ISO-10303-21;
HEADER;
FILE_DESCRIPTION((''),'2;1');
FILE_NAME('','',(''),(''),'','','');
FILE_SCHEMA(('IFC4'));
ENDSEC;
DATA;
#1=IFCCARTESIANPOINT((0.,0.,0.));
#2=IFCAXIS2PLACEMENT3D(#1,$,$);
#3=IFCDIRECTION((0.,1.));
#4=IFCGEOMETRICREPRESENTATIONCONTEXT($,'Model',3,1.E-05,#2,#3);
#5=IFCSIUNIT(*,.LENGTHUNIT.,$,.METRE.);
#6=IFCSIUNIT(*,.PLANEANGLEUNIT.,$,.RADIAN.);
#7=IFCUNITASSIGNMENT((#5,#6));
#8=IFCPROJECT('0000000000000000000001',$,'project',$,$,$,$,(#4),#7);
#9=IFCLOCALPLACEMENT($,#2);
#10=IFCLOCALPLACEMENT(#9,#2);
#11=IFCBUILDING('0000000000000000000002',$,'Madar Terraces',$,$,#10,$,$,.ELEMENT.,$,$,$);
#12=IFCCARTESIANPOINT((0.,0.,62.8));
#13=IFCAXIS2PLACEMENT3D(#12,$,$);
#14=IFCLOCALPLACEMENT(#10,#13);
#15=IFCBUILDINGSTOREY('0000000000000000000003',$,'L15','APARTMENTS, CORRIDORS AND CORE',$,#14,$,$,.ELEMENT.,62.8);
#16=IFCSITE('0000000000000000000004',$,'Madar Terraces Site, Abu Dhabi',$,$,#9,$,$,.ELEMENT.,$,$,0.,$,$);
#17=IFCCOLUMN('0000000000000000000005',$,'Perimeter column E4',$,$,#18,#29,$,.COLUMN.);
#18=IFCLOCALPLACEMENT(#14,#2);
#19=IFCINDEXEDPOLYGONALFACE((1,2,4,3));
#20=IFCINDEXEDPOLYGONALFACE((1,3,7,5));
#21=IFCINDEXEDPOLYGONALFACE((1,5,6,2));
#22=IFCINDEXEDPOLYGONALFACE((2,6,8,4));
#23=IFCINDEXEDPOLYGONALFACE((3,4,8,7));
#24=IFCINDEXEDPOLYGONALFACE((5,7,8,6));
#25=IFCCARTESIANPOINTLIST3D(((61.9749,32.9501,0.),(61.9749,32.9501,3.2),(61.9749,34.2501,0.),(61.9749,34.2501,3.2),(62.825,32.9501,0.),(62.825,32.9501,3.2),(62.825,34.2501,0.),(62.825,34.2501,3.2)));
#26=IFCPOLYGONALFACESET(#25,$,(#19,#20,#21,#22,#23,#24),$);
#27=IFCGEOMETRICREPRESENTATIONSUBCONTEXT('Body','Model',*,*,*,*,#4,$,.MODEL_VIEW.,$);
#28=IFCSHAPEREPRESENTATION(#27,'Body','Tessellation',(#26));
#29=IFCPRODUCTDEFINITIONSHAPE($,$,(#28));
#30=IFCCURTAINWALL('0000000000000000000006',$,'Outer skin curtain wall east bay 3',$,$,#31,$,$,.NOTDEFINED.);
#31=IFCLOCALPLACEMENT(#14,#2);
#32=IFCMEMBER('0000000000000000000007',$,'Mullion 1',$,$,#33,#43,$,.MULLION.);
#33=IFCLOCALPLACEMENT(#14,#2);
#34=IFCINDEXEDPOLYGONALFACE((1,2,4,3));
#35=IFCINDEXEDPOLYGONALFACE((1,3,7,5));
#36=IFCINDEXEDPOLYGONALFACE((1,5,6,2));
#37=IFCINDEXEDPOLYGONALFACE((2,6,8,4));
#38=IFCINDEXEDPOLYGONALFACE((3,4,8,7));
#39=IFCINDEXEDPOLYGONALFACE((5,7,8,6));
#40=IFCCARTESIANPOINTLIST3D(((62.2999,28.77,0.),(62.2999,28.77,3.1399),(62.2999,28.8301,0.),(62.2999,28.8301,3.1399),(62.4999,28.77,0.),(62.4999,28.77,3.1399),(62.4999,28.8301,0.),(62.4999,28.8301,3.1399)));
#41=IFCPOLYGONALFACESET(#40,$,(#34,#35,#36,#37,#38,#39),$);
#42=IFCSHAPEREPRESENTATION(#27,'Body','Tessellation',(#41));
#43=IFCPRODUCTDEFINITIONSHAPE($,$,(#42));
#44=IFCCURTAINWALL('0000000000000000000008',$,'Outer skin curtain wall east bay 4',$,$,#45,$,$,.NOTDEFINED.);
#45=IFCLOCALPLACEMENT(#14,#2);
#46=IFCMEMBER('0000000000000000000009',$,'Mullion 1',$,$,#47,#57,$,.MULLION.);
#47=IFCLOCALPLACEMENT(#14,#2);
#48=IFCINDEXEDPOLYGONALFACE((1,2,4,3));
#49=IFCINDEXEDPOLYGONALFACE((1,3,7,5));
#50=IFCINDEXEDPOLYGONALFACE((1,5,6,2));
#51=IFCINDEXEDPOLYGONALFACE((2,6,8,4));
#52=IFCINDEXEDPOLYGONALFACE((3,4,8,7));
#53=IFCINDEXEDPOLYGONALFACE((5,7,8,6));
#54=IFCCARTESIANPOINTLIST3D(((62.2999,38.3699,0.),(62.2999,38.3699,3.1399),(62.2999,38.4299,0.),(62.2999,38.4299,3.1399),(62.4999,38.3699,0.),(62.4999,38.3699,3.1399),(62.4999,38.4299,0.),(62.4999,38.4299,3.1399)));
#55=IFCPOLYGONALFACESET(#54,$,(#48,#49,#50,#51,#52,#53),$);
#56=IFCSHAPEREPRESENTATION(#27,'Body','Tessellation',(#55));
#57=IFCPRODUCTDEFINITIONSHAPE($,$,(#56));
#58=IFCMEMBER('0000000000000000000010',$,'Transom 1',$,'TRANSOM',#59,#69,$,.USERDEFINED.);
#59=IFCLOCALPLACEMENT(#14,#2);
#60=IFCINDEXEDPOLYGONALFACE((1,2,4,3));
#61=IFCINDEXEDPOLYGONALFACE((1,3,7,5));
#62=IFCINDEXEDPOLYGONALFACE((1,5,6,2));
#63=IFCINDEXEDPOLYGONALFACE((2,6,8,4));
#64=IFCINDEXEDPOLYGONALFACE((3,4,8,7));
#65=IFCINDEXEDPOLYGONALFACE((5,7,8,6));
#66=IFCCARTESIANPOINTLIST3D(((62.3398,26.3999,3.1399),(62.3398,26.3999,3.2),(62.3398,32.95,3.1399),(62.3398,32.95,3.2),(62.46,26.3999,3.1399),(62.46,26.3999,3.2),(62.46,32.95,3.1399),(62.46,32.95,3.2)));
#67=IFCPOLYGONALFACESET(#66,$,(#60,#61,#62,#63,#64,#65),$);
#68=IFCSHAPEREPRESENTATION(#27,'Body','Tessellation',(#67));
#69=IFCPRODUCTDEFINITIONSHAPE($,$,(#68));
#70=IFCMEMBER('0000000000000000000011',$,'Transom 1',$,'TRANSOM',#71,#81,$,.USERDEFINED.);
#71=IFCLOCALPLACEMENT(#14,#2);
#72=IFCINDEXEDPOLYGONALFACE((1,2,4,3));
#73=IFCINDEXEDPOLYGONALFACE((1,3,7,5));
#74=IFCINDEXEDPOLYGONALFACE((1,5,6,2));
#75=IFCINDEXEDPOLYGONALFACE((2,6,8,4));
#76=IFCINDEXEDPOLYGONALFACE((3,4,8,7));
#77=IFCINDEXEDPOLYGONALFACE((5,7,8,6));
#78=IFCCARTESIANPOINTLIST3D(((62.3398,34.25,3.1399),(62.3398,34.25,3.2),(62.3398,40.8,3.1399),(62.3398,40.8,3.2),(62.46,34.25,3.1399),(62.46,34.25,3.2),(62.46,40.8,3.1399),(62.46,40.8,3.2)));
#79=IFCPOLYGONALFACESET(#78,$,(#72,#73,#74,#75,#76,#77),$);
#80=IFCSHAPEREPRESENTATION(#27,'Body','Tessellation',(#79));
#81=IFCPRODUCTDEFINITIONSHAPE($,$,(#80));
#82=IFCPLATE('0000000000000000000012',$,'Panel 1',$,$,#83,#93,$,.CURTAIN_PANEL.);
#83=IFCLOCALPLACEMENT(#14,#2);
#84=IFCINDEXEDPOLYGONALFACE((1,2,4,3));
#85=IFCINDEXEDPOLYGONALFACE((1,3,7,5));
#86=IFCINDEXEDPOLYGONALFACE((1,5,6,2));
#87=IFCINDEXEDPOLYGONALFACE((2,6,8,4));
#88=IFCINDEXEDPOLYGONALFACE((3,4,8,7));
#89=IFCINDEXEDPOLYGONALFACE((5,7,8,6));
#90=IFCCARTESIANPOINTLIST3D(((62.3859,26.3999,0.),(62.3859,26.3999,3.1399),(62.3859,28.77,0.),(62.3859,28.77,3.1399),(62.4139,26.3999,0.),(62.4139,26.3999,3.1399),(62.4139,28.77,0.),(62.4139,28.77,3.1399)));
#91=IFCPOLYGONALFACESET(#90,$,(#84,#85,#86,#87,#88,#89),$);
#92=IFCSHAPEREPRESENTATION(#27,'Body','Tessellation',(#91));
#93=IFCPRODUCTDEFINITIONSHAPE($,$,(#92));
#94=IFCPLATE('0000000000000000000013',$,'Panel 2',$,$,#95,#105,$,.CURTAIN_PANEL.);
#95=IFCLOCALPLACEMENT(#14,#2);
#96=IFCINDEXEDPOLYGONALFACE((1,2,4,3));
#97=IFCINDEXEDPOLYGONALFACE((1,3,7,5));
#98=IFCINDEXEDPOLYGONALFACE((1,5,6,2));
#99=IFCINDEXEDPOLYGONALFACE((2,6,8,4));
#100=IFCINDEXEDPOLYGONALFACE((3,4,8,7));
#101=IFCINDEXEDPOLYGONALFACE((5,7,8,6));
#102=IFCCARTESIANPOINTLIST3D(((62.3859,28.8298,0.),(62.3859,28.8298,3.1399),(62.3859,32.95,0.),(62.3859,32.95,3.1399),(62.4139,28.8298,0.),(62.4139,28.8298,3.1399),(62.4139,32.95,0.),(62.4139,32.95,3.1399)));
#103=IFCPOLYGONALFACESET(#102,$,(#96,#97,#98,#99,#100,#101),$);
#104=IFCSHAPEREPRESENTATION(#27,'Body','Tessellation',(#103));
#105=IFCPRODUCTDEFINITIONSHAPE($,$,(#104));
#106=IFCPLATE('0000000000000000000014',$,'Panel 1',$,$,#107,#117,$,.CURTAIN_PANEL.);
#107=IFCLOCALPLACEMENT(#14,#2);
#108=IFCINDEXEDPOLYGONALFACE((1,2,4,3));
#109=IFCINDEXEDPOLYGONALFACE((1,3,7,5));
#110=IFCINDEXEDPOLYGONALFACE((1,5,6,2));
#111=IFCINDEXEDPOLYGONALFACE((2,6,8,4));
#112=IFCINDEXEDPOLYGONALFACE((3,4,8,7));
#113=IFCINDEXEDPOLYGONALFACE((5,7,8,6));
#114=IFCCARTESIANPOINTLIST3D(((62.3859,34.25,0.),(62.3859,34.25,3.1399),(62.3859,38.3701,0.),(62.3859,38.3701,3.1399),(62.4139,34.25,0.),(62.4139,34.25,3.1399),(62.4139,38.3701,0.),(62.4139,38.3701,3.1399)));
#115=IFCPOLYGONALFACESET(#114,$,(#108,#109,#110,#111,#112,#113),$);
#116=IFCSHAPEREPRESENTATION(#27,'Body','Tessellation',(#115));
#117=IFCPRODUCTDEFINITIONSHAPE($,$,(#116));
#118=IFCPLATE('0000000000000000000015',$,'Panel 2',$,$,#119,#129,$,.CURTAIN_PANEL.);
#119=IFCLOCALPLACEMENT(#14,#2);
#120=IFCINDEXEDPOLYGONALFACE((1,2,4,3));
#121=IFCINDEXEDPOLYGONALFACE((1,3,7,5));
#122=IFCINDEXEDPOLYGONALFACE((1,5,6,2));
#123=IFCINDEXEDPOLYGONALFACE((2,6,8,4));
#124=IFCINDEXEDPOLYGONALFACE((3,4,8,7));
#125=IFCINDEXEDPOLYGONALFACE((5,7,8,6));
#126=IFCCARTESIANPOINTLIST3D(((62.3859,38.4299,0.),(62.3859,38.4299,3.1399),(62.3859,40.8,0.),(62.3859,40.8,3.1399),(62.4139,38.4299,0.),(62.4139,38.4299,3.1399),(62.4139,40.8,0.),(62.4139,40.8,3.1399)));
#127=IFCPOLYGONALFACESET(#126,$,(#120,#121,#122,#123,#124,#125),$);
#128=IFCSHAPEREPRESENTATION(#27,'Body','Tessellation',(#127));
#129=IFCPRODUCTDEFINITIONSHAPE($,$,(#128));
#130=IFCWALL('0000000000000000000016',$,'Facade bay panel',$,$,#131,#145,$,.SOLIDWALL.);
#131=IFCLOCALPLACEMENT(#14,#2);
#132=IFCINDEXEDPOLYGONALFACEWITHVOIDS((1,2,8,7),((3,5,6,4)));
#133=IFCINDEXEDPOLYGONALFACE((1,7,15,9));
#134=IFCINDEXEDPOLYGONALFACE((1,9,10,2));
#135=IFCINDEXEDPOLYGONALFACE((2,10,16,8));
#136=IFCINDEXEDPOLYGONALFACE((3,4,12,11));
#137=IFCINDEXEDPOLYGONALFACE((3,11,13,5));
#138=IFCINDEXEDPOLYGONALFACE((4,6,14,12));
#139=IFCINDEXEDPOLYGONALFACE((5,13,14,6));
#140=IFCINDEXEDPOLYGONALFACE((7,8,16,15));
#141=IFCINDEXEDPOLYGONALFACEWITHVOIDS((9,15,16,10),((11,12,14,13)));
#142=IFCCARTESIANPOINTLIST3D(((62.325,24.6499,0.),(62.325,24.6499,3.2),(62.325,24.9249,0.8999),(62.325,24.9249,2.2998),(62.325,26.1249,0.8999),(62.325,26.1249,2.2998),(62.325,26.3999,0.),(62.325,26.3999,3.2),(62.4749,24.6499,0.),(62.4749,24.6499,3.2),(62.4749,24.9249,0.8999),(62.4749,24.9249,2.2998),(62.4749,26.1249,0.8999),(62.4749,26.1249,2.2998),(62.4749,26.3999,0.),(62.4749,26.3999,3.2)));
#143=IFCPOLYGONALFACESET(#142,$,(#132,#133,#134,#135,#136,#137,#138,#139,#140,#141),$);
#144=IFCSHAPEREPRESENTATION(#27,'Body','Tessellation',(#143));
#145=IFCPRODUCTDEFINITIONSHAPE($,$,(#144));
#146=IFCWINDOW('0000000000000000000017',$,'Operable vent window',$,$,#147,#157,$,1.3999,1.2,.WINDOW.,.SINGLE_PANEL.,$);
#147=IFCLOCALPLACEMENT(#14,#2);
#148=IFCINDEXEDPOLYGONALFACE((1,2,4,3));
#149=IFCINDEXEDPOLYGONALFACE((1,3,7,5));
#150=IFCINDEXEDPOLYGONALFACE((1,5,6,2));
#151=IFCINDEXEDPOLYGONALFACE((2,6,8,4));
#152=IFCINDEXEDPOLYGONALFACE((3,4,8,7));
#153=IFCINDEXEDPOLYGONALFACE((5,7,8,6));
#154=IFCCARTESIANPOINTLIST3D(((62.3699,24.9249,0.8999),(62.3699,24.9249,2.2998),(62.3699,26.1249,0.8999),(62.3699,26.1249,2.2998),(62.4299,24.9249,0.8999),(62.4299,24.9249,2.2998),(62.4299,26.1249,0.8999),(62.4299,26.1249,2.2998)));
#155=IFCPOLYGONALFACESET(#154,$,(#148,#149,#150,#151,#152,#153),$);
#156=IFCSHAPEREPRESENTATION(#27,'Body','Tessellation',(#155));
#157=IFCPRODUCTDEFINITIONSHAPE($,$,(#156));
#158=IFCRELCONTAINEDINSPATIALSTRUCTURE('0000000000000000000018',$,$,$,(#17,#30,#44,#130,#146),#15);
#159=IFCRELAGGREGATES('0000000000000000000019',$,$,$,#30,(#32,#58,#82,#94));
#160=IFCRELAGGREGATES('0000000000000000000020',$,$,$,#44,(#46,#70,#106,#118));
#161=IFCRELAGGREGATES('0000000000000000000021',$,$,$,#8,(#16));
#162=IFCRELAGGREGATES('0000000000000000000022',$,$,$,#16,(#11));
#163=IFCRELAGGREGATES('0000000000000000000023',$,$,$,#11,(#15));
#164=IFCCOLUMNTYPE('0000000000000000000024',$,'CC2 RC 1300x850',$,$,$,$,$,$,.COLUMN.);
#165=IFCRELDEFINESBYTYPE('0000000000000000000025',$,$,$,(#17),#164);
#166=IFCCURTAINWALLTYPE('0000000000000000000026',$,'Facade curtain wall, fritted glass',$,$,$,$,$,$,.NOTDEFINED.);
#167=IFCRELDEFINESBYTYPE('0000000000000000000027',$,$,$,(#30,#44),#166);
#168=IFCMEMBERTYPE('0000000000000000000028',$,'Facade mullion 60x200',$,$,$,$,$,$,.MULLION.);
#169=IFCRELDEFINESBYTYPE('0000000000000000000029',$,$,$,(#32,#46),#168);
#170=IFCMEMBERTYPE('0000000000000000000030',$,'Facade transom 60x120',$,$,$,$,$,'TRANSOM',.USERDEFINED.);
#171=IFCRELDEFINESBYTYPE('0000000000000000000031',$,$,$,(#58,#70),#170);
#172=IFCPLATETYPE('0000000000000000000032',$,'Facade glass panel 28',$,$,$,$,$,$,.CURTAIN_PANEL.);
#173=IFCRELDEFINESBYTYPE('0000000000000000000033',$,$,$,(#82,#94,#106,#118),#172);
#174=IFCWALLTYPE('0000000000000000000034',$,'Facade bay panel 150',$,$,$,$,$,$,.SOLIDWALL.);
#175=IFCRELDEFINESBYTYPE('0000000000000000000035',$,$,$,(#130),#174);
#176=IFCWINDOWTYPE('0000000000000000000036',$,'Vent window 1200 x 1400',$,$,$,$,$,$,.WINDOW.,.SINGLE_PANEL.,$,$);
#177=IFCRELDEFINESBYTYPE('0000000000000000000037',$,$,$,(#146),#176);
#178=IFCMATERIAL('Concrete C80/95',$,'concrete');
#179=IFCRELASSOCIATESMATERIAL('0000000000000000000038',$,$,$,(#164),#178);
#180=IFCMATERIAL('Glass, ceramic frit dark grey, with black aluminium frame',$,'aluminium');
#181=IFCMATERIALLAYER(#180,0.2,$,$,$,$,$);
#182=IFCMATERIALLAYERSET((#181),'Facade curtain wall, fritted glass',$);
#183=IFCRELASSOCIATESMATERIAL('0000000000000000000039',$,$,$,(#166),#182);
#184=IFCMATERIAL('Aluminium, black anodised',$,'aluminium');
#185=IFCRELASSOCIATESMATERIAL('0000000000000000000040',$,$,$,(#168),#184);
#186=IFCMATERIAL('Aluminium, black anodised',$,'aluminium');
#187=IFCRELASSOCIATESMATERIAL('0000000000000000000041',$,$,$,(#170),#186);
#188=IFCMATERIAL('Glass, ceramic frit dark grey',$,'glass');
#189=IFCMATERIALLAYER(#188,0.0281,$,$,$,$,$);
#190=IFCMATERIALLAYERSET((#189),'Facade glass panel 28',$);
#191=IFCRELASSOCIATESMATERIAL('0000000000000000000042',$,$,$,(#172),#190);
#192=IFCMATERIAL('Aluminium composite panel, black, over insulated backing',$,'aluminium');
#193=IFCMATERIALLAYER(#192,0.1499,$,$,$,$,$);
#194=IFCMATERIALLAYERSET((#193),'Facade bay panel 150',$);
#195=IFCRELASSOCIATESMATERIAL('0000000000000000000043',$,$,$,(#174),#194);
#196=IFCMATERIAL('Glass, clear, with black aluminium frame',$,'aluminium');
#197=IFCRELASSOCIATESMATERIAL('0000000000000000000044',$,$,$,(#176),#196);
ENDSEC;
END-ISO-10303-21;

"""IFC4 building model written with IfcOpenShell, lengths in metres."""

from ifc_helpers import new_model, si_unit, direction, frame, frame_2d, origin, origin_2d, place, context, subcontext, project, spatial, rectangle, extrude, material, layer, layer_set, material_profile, profile_set, type_object, element, fill, aggregate, save


model = new_model("IFC4")

# Units and contexts
model_context = context("Model", 3, precision=1e-05, world=origin(), true_north=direction((0.0, 1.0)))
body_context = subcontext(model_context, "Body", "Model", "MODEL_VIEW")
ifc_project = project(units=[si_unit("LENGTHUNIT", "METRE"), si_unit("PLANEANGLEUNIT", "RADIAN")], contexts=[model_context])

# Site, building, storey
site_placement = place(None, origin())
site = spatial("IfcSite", under=ifc_project, at=site_placement, Name="Madar Terraces Site, Abu Dhabi", CompositionType="ELEMENT", RefElevation=0.0)
building_placement = place(site_placement, origin())
building = spatial("IfcBuilding", under=site, at=building_placement, Name="Madar Terraces", CompositionType="ELEMENT")
storey_placement = place(building_placement, frame((0.0, 0.0, 62.8)))
storey = spatial("IfcBuildingStorey", under=building, at=storey_placement, Name="L15", Description="APARTMENTS, CORRIDORS AND CORE", CompositionType="ELEMENT", Elevation=62.8)

# Column
ifc_material_1 = material(Name="Concrete C80/95", Category="concrete")
ifc_material_profile_1 = material_profile(ifc_material_1, rectangle(XDim=1.3, YDim=0.8501, at=origin_2d()), Name="CC2 RC 1300x850")
ifc_profile_set_1 = profile_set([ifc_material_profile_1], Name="Concrete C80/95")
column_type = type_object("IfcColumnType", Name="CC2 RC 1300x850", PredefinedType="COLUMN", material=ifc_profile_set_1)
column_placement = place(storey_placement, frame((62.3999, 33.6001, 0.0), z_axis=(0.0, 0.0, 1.0), x_axis=(0.0, 1.0, 0.0)))
element("IfcColumn", 1, at=column_placement, inside=storey, type_object=column_type, Name="Perimeter column E4", PredefinedType="COLUMN", context=body_context, shape_type="SweptSolid", body=[
    extrude(rectangle(XDim=1.3, YDim=0.8501, at=origin_2d()), origin(), (0.0, 0.0, 1.0), 3.2),
])

# Curtain walls, members
ifc_material_2 = material(Name="Glass, ceramic frit dark grey, with black aluminium frame", Category="aluminium")
ifc_layer_1 = layer(ifc_material_2, 0.2)
ifc_layer_set_1 = layer_set([ifc_layer_1], Name="Facade curtain wall, fritted glass")
curtain_wall_type = type_object("IfcCurtainWallType", Name="Facade curtain wall, fritted glass", PredefinedType="NOTDEFINED", material=ifc_layer_set_1)
curtain_wall_1_placement = place(storey_placement, origin())
curtain_wall_1 = element("IfcCurtainWall", 2, at=curtain_wall_1_placement, inside=storey, type_object=curtain_wall_type, Name="Outer skin curtain wall east bay 3", PredefinedType="NOTDEFINED")
ifc_material_3 = material(Name="Aluminium, black anodised", Category="aluminium")
ifc_material_profile_2 = material_profile(ifc_material_3, rectangle(XDim=0.2, YDim=0.0601, at=origin_2d()), Name="Facade mullion 60x200")
ifc_profile_set_2 = profile_set([ifc_material_profile_2], Name="Aluminium, black anodised")
member_type_1 = type_object("IfcMemberType", Name="Facade mullion 60x200", PredefinedType="MULLION", material=ifc_profile_set_2)
member_1_placement = place(storey_placement, frame((62.3999, 28.8, 0.0), z_axis=(0.0, 0.0, 1.0), x_axis=(-1.0, 0.0, 0.0)))
member_1 = element("IfcMember", 3, at=member_1_placement, type_object=member_type_1, Name="Mullion 1", PredefinedType="MULLION", context=body_context, shape_type="SweptSolid", body=[
    extrude(rectangle(XDim=0.2, YDim=0.0601, at=origin_2d()), origin(), (0.0, 0.0, 1.0), 3.1399),
])
curtain_wall_2_placement = place(storey_placement, origin())
curtain_wall_2 = element("IfcCurtainWall", 4, at=curtain_wall_2_placement, inside=storey, type_object=curtain_wall_type, Name="Outer skin curtain wall east bay 4", PredefinedType="NOTDEFINED")
member_2_placement = place(storey_placement, frame((62.3999, 38.3999, 0.0), z_axis=(0.0, 0.0, 1.0), x_axis=(-1.0, 0.0, 0.0)))
member_2 = element("IfcMember", 5, at=member_2_placement, type_object=member_type_1, Name="Mullion 1", PredefinedType="MULLION", context=body_context, shape_type="SweptSolid", body=[
    extrude(rectangle(XDim=0.2, YDim=0.0601, at=origin_2d()), origin(), (0.0, 0.0, 1.0), 3.1399),
])

# Members
ifc_material_4 = material(Name="Aluminium, black anodised", Category="aluminium")
ifc_material_profile_3 = material_profile(ifc_material_4, rectangle(XDim=0.1201, YDim=0.0601, at=origin_2d()), Name="Facade transom 60x120")
ifc_profile_set_3 = profile_set([ifc_material_profile_3], Name="Aluminium, black anodised")
member_type_2 = type_object("IfcMemberType", Name="Facade transom 60x120", ElementType="TRANSOM", PredefinedType="USERDEFINED", material=ifc_profile_set_3)
member_3_placement = place(storey_placement, frame((62.3999, 26.3999, 3.1699), z_axis=(0.0, 1.0, 0.0), x_axis=(-1.0, 0.0, 0.0)))
member_3 = element("IfcMember", 6, at=member_3_placement, type_object=member_type_2, Name="Transom 1", ObjectType="TRANSOM", PredefinedType="USERDEFINED", context=body_context, shape_type="SweptSolid", body=[
    extrude(rectangle(XDim=0.1201, YDim=0.0601, at=origin_2d()), origin(), (0.0, 0.0, 1.0), 6.55),
])
member_4_placement = place(storey_placement, frame((62.3999, 34.25, 3.1699), z_axis=(0.0, 1.0, 0.0), x_axis=(-1.0, 0.0, 0.0)))
member_4 = element("IfcMember", 7, at=member_4_placement, type_object=member_type_2, Name="Transom 1", ObjectType="TRANSOM", PredefinedType="USERDEFINED", context=body_context, shape_type="SweptSolid", body=[
    extrude(rectangle(XDim=0.1201, YDim=0.0601, at=origin_2d()), origin(), (0.0, 0.0, 1.0), 6.55),
])

# Plates
ifc_material_5 = material(Name="Glass, ceramic frit dark grey", Category="glass")
ifc_layer_2 = layer(ifc_material_5, 0.0281)
ifc_layer_set_2 = layer_set([ifc_layer_2], Name="Facade glass panel 28")
plate_type = type_object("IfcPlateType", Name="Facade glass panel 28", PredefinedType="CURTAIN_PANEL", material=ifc_layer_set_2)
plate_1_placement = place(storey_placement, frame((62.3999, 27.585, 0.0), z_axis=(0.0, 0.0, 1.0), x_axis=(0.0, 1.0, 0.0)))
plate_1 = element("IfcPlate", 8, at=plate_1_placement, type_object=plate_type, Name="Panel 1", PredefinedType="CURTAIN_PANEL", context=body_context, shape_type="SweptSolid", body=[
    extrude(rectangle(XDim=2.3701, YDim=0.0281, at=origin_2d()), origin(), (0.0, 0.0, 1.0), 3.1399),
])
plate_2_placement = place(storey_placement, frame((62.3999, 30.8899, 0.0), z_axis=(0.0, 0.0, 1.0), x_axis=(0.0, 1.0, 0.0)))
plate_2 = element("IfcPlate", 9, at=plate_2_placement, type_object=plate_type, Name="Panel 2", PredefinedType="CURTAIN_PANEL", context=body_context, shape_type="SweptSolid", body=[
    extrude(rectangle(XDim=4.1201, YDim=0.0281, at=origin_2d()), origin(), (0.0, 0.0, 1.0), 3.1399),
])
aggregate(curtain_wall_1, [member_1, member_3, plate_1, plate_2])
plate_3_placement = place(storey_placement, frame((62.3999, 36.3101, 0.0), z_axis=(0.0, 0.0, 1.0), x_axis=(0.0, 1.0, 0.0)))
plate_3 = element("IfcPlate", 10, at=plate_3_placement, type_object=plate_type, Name="Panel 1", PredefinedType="CURTAIN_PANEL", context=body_context, shape_type="SweptSolid", body=[
    extrude(rectangle(XDim=4.1201, YDim=0.0281, at=origin_2d()), origin(), (0.0, 0.0, 1.0), 3.1399),
])
plate_4_placement = place(storey_placement, frame((62.3999, 39.615, 0.0), z_axis=(0.0, 0.0, 1.0), x_axis=(0.0, 1.0, 0.0)))
plate_4 = element("IfcPlate", 11, at=plate_4_placement, type_object=plate_type, Name="Panel 2", PredefinedType="CURTAIN_PANEL", context=body_context, shape_type="SweptSolid", body=[
    extrude(rectangle(XDim=2.3701, YDim=0.0281, at=origin_2d()), origin(), (0.0, 0.0, 1.0), 3.1399),
])
aggregate(curtain_wall_2, [member_2, member_4, plate_3, plate_4])

# Wall, opening, window
ifc_material_6 = material(Name="Aluminium composite panel, black, over insulated backing", Category="aluminium")
ifc_layer_3 = layer(ifc_material_6, 0.1499)
ifc_layer_set_3 = layer_set([ifc_layer_3], Name="Facade bay panel 150")
wall_type_1 = type_object("IfcWallType", Name="Facade bay panel 150", PredefinedType="SOLIDWALL", material=ifc_layer_set_3)
wall_1_placement = place(storey_placement, frame((62.3999, 24.6499, 0.0), z_axis=(0.0, 0.0, 1.0), x_axis=(0.0, 1.0, 0.0)))
wall_1 = element("IfcWall", 12, at=wall_1_placement, inside=storey, type_object=wall_type_1, Name="Facade bay panel", PredefinedType="SOLIDWALL", context=body_context, shape_type="SweptSolid", body=[
    extrude(rectangle(XDim=1.75, YDim=0.1499, at=frame_2d((0.875, 0.0))), origin(), (0.0, 0.0, 1.0), 3.2),
])
opening_1_placement = place(wall_1_placement, frame((0.2749, 0.0, 0.8999)))
opening_1 = element("IfcOpeningElement", 13, at=opening_1_placement, cuts=wall_1, PredefinedType="OPENING", context=body_context, shape_type="SweptSolid", body=[
    extrude(rectangle(XDim=1.2, YDim=1.3999, at=frame_2d((0.6001, 0.7))), frame((0.0, 0.085, 0.0), z_axis=(0.0, -1.0, 0.0), x_axis=(1.0, 0.0, 0.0)), (0.0, 0.0, 1.0), 0.1699),
])
ifc_material_7 = material(Name="Glass, clear, with black aluminium frame", Category="aluminium")
window_type = type_object("IfcWindowType", Name="Vent window 1200 x 1400", PartitioningType="SINGLE_PANEL", PredefinedType="WINDOW", material=ifc_material_7)
window_1_placement = place(opening_1_placement, origin())
window_1 = element("IfcWindow", 14, at=window_1_placement, inside=storey, type_object=window_type, Name="Operable vent window", OverallHeight=1.3999, OverallWidth=1.2, PartitioningType="SINGLE_PANEL", PredefinedType="WINDOW", context=body_context, shape_type="SweptSolid", body=[
    extrude(rectangle(XDim=1.2, YDim=1.3999, at=frame_2d((0.6001, 0.7))), frame((0.0, 0.03, 0.0), z_axis=(0.0, -1.0, 0.0), x_axis=(1.0, 0.0, 0.0)), (0.0, 0.0, 1.0), 0.0601),
])
fill(opening_1, window_1)

save(model, "model.ifc")
